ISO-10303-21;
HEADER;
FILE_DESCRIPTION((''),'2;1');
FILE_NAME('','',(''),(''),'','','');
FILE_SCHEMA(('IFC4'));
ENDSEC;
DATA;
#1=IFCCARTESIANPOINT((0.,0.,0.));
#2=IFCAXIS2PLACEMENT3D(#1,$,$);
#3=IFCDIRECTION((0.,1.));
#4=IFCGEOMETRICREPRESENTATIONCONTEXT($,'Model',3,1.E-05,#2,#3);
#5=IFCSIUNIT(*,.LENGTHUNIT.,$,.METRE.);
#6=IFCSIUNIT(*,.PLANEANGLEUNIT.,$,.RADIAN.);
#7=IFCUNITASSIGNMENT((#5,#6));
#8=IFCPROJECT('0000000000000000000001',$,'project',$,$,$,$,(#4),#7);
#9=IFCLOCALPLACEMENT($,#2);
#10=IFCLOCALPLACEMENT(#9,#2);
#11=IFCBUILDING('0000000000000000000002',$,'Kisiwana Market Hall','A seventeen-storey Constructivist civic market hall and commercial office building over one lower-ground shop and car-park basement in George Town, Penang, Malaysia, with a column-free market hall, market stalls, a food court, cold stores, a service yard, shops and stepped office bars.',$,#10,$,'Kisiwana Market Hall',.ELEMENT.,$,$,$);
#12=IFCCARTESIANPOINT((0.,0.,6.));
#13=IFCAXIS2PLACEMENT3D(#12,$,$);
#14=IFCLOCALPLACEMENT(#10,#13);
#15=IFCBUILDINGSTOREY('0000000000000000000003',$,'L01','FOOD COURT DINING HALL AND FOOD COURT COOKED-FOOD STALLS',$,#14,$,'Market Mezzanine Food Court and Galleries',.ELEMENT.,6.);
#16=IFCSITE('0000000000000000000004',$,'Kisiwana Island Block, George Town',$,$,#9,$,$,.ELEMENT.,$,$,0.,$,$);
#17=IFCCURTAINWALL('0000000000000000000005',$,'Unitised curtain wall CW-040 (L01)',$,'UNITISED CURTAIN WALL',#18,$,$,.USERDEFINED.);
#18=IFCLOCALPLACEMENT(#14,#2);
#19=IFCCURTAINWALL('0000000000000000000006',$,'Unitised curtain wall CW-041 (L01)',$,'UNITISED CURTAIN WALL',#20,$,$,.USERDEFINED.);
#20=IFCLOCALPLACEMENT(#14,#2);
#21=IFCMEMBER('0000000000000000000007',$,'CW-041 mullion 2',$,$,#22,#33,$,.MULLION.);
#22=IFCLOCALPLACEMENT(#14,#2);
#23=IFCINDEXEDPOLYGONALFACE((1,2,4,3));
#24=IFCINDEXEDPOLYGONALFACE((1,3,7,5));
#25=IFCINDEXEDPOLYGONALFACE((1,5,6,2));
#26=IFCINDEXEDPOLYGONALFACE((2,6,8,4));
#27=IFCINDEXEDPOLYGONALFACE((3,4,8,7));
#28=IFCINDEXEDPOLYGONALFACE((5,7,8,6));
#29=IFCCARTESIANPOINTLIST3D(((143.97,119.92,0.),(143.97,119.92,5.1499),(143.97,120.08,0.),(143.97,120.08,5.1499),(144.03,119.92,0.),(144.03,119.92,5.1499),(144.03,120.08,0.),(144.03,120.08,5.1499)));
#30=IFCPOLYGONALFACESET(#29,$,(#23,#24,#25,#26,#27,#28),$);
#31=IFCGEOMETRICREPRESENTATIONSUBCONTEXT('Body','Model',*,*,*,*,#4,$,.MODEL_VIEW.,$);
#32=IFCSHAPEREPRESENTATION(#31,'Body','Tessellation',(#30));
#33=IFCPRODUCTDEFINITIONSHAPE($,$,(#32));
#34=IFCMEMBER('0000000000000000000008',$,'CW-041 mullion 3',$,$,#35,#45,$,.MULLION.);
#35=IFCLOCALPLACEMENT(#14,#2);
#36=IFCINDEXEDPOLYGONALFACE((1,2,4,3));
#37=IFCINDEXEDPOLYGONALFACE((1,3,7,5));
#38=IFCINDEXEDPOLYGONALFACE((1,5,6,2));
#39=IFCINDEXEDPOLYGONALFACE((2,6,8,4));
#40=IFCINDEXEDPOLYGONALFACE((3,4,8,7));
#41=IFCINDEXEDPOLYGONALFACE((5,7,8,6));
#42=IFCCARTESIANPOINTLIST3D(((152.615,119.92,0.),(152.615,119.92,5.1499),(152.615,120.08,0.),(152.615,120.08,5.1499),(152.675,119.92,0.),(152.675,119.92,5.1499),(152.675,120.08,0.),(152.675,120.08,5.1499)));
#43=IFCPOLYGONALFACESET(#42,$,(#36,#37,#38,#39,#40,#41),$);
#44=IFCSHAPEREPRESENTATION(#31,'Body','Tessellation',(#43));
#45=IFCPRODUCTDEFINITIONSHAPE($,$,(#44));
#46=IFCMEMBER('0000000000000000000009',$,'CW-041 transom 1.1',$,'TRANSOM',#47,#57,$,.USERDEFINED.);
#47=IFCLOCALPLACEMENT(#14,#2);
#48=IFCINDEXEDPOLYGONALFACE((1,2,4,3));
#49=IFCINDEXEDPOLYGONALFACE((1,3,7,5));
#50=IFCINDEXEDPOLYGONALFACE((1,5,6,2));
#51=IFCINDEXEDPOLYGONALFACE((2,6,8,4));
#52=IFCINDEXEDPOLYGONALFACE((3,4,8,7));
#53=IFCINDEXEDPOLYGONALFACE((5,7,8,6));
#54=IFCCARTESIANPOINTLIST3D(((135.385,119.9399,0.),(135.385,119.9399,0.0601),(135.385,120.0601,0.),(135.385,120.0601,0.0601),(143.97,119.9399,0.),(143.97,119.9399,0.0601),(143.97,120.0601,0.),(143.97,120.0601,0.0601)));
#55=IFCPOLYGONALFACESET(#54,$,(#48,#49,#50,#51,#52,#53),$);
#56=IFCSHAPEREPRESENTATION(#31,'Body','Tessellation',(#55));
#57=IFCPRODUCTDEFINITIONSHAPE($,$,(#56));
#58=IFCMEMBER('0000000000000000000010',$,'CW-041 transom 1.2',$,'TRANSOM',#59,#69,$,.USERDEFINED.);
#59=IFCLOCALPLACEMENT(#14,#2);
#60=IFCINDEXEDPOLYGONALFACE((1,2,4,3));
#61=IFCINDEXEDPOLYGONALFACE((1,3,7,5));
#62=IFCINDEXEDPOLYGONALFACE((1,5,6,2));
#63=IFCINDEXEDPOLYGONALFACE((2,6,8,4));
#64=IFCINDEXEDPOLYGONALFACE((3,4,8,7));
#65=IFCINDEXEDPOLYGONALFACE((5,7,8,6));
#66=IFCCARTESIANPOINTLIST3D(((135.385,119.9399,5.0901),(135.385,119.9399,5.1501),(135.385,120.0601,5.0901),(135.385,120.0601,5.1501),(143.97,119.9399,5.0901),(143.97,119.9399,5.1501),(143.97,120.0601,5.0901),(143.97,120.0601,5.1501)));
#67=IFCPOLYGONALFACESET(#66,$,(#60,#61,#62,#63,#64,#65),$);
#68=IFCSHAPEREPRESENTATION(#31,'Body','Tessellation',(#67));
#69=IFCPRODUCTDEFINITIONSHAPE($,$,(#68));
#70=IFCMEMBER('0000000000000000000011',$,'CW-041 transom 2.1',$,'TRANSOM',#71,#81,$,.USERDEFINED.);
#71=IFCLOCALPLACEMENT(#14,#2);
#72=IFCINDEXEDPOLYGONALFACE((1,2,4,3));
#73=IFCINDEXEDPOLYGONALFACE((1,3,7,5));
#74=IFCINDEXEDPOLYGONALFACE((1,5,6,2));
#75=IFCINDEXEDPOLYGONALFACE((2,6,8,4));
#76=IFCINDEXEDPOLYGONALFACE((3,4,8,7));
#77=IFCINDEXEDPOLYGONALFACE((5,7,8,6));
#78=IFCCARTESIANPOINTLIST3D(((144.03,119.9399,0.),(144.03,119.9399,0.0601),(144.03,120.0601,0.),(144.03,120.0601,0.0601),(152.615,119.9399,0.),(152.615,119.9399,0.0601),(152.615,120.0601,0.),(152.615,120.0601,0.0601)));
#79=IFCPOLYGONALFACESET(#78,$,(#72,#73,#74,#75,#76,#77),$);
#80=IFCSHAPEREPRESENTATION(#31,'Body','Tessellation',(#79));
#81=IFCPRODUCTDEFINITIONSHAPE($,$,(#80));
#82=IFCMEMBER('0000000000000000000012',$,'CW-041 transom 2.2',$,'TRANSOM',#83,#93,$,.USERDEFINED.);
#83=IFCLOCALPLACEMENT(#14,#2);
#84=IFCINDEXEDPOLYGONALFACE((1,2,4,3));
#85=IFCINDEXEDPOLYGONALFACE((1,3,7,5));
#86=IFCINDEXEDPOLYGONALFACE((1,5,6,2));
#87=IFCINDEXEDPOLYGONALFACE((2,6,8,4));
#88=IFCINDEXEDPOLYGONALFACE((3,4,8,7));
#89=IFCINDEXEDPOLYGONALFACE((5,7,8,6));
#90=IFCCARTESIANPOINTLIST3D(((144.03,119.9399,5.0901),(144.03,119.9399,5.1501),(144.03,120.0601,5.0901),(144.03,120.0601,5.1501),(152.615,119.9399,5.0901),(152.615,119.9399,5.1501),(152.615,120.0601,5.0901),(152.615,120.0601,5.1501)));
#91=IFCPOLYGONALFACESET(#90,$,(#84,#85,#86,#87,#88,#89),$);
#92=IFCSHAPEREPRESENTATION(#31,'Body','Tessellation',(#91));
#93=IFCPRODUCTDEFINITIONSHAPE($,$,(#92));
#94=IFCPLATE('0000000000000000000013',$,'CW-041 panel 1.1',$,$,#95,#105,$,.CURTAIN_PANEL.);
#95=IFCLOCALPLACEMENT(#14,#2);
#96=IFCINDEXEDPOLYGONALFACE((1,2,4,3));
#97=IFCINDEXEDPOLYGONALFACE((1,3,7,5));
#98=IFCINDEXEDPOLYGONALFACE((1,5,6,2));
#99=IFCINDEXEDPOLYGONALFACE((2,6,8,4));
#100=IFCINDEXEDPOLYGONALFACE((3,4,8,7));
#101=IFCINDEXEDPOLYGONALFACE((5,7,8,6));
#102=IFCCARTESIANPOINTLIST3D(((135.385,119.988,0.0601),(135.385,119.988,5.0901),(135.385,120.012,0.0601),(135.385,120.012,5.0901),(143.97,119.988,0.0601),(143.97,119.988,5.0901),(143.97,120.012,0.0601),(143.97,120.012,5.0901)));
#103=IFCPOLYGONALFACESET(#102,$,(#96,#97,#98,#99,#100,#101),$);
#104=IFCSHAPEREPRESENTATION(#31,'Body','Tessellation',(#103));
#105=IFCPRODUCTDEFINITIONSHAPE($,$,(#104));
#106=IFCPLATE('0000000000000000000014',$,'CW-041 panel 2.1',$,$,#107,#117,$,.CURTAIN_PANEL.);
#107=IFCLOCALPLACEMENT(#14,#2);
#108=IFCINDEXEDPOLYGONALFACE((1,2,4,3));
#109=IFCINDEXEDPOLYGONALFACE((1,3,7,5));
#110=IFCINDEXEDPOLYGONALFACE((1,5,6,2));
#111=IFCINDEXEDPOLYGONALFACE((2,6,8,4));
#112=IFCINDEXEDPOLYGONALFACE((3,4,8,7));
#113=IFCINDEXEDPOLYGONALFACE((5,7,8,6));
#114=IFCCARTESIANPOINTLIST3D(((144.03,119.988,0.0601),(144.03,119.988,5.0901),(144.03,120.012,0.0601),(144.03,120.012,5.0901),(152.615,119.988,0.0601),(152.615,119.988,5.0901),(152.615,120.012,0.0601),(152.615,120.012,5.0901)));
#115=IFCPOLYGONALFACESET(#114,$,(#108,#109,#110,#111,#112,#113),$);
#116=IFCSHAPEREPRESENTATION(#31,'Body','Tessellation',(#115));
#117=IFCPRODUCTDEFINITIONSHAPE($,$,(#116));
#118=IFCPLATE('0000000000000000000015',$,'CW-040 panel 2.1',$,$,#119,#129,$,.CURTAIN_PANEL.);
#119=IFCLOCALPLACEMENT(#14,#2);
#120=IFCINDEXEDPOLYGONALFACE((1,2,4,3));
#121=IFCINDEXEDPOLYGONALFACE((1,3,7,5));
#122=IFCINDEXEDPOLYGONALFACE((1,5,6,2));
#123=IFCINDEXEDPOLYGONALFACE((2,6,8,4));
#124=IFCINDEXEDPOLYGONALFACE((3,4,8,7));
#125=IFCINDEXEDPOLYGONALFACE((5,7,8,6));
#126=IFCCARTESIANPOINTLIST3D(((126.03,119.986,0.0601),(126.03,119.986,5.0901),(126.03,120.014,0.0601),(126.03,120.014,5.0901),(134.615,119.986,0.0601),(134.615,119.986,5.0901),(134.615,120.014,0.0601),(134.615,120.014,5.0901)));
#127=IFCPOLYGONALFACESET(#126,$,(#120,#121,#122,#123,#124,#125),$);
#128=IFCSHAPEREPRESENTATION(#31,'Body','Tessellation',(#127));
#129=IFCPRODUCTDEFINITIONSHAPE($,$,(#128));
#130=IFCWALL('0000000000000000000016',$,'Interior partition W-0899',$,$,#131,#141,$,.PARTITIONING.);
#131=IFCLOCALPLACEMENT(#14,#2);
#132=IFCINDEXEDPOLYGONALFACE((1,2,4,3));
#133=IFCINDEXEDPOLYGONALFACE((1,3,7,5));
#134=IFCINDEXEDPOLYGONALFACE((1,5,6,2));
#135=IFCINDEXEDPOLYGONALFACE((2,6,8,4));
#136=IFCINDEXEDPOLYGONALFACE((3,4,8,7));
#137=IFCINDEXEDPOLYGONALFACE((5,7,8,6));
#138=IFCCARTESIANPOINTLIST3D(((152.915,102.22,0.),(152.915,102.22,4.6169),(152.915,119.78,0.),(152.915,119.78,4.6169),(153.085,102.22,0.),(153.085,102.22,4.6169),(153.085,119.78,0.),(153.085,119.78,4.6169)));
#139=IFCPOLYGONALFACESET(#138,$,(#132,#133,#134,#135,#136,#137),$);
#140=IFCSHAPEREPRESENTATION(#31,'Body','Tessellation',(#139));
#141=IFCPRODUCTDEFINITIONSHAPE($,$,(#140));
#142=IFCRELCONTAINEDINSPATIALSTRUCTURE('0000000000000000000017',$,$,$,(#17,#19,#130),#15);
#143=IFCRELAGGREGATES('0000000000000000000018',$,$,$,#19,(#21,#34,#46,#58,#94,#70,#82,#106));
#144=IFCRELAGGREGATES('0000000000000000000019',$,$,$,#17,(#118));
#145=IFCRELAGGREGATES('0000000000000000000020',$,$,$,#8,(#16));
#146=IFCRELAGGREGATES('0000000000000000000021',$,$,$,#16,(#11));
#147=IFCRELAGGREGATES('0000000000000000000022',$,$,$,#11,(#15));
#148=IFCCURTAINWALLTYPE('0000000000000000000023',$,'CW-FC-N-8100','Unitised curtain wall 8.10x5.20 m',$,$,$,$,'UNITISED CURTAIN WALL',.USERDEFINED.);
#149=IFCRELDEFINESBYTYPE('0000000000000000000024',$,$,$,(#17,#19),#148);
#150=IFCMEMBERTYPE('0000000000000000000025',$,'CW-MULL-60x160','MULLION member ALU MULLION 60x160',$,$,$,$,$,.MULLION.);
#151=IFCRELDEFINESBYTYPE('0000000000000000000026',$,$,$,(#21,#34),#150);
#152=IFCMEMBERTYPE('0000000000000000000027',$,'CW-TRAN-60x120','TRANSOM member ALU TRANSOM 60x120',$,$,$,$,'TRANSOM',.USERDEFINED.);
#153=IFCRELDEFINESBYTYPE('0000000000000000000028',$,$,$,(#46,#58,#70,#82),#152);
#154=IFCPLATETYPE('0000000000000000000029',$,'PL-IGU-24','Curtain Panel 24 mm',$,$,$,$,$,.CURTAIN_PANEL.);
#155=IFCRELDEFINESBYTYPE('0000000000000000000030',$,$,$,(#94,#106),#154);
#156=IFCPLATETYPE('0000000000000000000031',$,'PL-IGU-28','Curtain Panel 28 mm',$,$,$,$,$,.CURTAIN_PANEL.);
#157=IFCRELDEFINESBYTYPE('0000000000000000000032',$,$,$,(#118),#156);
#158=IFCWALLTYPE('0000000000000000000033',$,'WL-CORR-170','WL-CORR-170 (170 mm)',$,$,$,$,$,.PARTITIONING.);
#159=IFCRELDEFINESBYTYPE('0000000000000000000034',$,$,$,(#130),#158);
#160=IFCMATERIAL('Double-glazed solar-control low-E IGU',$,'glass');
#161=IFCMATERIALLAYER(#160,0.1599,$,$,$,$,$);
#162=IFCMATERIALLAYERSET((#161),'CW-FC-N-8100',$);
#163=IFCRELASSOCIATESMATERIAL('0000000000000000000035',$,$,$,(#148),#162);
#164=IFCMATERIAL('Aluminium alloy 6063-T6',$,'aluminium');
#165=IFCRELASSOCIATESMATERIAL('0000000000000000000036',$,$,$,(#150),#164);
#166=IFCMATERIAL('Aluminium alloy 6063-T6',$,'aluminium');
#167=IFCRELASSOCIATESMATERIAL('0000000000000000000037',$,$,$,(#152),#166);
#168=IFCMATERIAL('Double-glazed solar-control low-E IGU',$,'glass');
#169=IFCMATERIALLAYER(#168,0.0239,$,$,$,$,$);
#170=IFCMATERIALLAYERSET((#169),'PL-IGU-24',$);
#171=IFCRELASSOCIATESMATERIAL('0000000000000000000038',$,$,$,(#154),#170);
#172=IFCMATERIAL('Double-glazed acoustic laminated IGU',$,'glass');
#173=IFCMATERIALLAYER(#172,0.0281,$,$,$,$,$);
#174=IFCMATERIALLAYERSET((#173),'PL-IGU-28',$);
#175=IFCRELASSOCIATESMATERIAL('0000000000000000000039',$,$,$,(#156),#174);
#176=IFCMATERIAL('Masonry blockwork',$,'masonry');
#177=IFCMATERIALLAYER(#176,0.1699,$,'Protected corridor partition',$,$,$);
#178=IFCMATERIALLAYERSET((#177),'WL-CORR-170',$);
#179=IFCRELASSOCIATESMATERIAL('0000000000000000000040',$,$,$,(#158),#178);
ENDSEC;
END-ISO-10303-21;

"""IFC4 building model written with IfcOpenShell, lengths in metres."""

from ifc_helpers import new_model, si_unit, direction, frame, frame_2d, origin, origin_2d, place, context, subcontext, project, spatial, rectangle, extrude, material, layer, layer_set, material_profile, profile_set, type_object, element, aggregate, save


model = new_model("IFC4")

# Units and contexts
model_context = context("Model", 3, precision=1e-05, world=origin(), true_north=direction((0.0, 1.0)))
body_context = subcontext(model_context, "Body", "Model", "MODEL_VIEW")
ifc_project = project(units=[si_unit("LENGTHUNIT", "METRE"), si_unit("PLANEANGLEUNIT", "RADIAN")], contexts=[model_context])

# Site, building, storey
site_placement = place(None, origin())
site = spatial("IfcSite", under=ifc_project, at=site_placement, Name="Kisiwana Island Block, George Town", CompositionType="ELEMENT", RefElevation=0.0)
building_placement = place(site_placement, origin())
building = spatial("IfcBuilding", under=site, at=building_placement, Name="Kisiwana Market Hall", Description="A seventeen-storey Constructivist civic market hall and commercial office building over one lower-ground shop and car-park basement in George Town, Penang, Malaysia, with a column-free market hall, market stalls, a food court, cold stores, a service yard, shops and stepped office bars.", LongName="Kisiwana Market Hall", CompositionType="ELEMENT")
storey_placement = place(building_placement, frame((0.0, 0.0, 6.0)))
storey = spatial("IfcBuildingStorey", under=building, at=storey_placement, Name="L01", Description="FOOD COURT DINING HALL AND FOOD COURT COOKED-FOOD STALLS", LongName="Market Mezzanine Food Court and Galleries", CompositionType="ELEMENT", Elevation=6.0)

# Curtain wall
ifc_material_1 = material(Name="Double-glazed solar-control low-E IGU", Category="glass")
ifc_layer_1 = layer(ifc_material_1, 0.1599)
ifc_layer_set_1 = layer_set([ifc_layer_1], Name="CW-FC-N-8100")
curtain_wall_type = type_object("IfcCurtainWallType", Name="CW-FC-N-8100", Description="Unitised curtain wall 8.10x5.20 m", ElementType="UNITISED CURTAIN WALL", PredefinedType="USERDEFINED", material=ifc_layer_set_1)
curtain_wall_1_placement = place(storey_placement, origin())
curtain_wall_1 = element("IfcCurtainWall", 1, at=curtain_wall_1_placement, inside=storey, type_object=curtain_wall_type, Name="Unitised curtain wall CW-040 (L01)", ObjectType="UNITISED CURTAIN WALL", PredefinedType="USERDEFINED")
ifc_material_2 = material(Name="Aluminium alloy 6063-T6", Category="aluminium")
ifc_material_profile_1 = material_profile(ifc_material_2, rectangle(XDim=0.0601, YDim=0.1599, at=origin_2d()), Name="ALU MULLION 60x160")
ifc_profile_set_1 = profile_set([ifc_material_profile_1], Name="Aluminium alloy 6063-T6")
member_type_1 = type_object("IfcMemberType", Name="CW-MULL-60x160", Description="MULLION member ALU MULLION 60x160", PredefinedType="MULLION", material=ifc_profile_set_1)

# Curtain wall, members, plates
curtain_wall_2_placement = place(storey_placement, origin())
curtain_wall_2 = element("IfcCurtainWall", 2, at=curtain_wall_2_placement, inside=storey, type_object=curtain_wall_type, Name="Unitised curtain wall CW-041 (L01)", ObjectType="UNITISED CURTAIN WALL", PredefinedType="USERDEFINED")
member_1_placement = place(storey_placement, frame((144.0, 120.0, 0.0), z_axis=(0.0, 0.0, 1.0), x_axis=(1.0, 0.0, 0.0)))
member_1 = element("IfcMember", 3, at=member_1_placement, type_object=member_type_1, Name="CW-041 mullion 2", PredefinedType="MULLION", context=body_context, shape_type="SweptSolid", body=[
    extrude(rectangle(XDim=0.0601, YDim=0.1599, at=origin_2d()), origin(), (0.0, 0.0, 1.0), 5.1499),
])
member_2_placement = place(storey_placement, frame((152.645, 120.0, 0.0), z_axis=(0.0, 0.0, 1.0), x_axis=(1.0, 0.0, 0.0)))
member_2 = element("IfcMember", 4, at=member_2_placement, type_object=member_type_1, Name="CW-041 mullion 3", PredefinedType="MULLION", context=body_context, shape_type="SweptSolid", body=[
    extrude(rectangle(XDim=0.0601, YDim=0.1599, at=origin_2d()), origin(), (0.0, 0.0, 1.0), 5.1499),
])
ifc_material_3 = material(Name="Aluminium alloy 6063-T6", Category="aluminium")
ifc_material_profile_2 = material_profile(ifc_material_3, rectangle(XDim=0.1201, YDim=0.0601, at=origin_2d()), Name="ALU TRANSOM 60x120")
ifc_profile_set_2 = profile_set([ifc_material_profile_2], Name="Aluminium alloy 6063-T6")
member_type_2 = type_object("IfcMemberType", Name="CW-TRAN-60x120", Description="TRANSOM member ALU TRANSOM 60x120", ElementType="TRANSOM", PredefinedType="USERDEFINED", material=ifc_profile_set_2)
member_3_placement = place(storey_placement, frame((135.385, 120.0, 0.03), z_axis=(1.0, 0.0, 0.0), x_axis=(0.0, 1.0, 0.0)))
member_3 = element("IfcMember", 5, at=member_3_placement, type_object=member_type_2, Name="CW-041 transom 1.1", ObjectType="TRANSOM", PredefinedType="USERDEFINED", context=body_context, shape_type="SweptSolid", body=[
    extrude(rectangle(XDim=0.1201, YDim=0.0601, at=origin_2d()), origin(), (0.0, 0.0, 1.0), 8.585),
])
member_4_placement = place(storey_placement, frame((135.385, 120.0, 5.1201), z_axis=(1.0, 0.0, 0.0), x_axis=(0.0, 1.0, 0.0)))
member_4 = element("IfcMember", 6, at=member_4_placement, type_object=member_type_2, Name="CW-041 transom 1.2", ObjectType="TRANSOM", PredefinedType="USERDEFINED", context=body_context, shape_type="SweptSolid", body=[
    extrude(rectangle(XDim=0.1201, YDim=0.0601, at=origin_2d()), origin(), (0.0, 0.0, 1.0), 8.585),
])
member_5_placement = place(storey_placement, frame((144.03, 120.0, 0.03), z_axis=(1.0, 0.0, 0.0), x_axis=(0.0, 1.0, 0.0)))
member_5 = element("IfcMember", 7, at=member_5_placement, type_object=member_type_2, Name="CW-041 transom 2.1", ObjectType="TRANSOM", PredefinedType="USERDEFINED", context=body_context, shape_type="SweptSolid", body=[
    extrude(rectangle(XDim=0.1201, YDim=0.0601, at=origin_2d()), origin(), (0.0, 0.0, 1.0), 8.585),
])
member_6_placement = place(storey_placement, frame((144.03, 120.0, 5.1201), z_axis=(1.0, 0.0, 0.0), x_axis=(0.0, 1.0, 0.0)))
member_6 = element("IfcMember", 8, at=member_6_placement, type_object=member_type_2, Name="CW-041 transom 2.2", ObjectType="TRANSOM", PredefinedType="USERDEFINED", context=body_context, shape_type="SweptSolid", body=[
    extrude(rectangle(XDim=0.1201, YDim=0.0601, at=origin_2d()), origin(), (0.0, 0.0, 1.0), 8.585),
])
ifc_material_4 = material(Name="Double-glazed solar-control low-E IGU", Category="glass")
ifc_layer_2 = layer(ifc_material_4, 0.0239)
ifc_layer_set_2 = layer_set([ifc_layer_2], Name="PL-IGU-24")
plate_type_1 = type_object("IfcPlateType", Name="PL-IGU-24", Description="Curtain Panel 24 mm", PredefinedType="CURTAIN_PANEL", material=ifc_layer_set_2)
plate_1_placement = place(storey_placement, frame((139.6775, 120.0, 0.0601), z_axis=(0.0, 0.0, 1.0), x_axis=(1.0, 0.0, 0.0)))
plate_1 = element("IfcPlate", 9, at=plate_1_placement, type_object=plate_type_1, Name="CW-041 panel 1.1", PredefinedType="CURTAIN_PANEL", context=body_context, shape_type="SweptSolid", body=[
    extrude(rectangle(XDim=8.585, YDim=0.0239, at=origin_2d()), origin(), (0.0, 0.0, 1.0), 5.03),
])
plate_2_placement = place(storey_placement, frame((148.3225, 120.0, 0.0601), z_axis=(0.0, 0.0, 1.0), x_axis=(1.0, 0.0, 0.0)))
plate_2 = element("IfcPlate", 10, at=plate_2_placement, type_object=plate_type_1, Name="CW-041 panel 2.1", PredefinedType="CURTAIN_PANEL", context=body_context, shape_type="SweptSolid", body=[
    extrude(rectangle(XDim=8.585, YDim=0.0239, at=origin_2d()), origin(), (0.0, 0.0, 1.0), 5.03),
])
aggregate(curtain_wall_2, [member_1, member_2, member_3, member_4, plate_1, member_5, member_6, plate_2])

# Plate
ifc_material_5 = material(Name="Double-glazed acoustic laminated IGU", Category="glass")
ifc_layer_3 = layer(ifc_material_5, 0.0281)
ifc_layer_set_3 = layer_set([ifc_layer_3], Name="PL-IGU-28")
plate_type_2 = type_object("IfcPlateType", Name="PL-IGU-28", Description="Curtain Panel 28 mm", PredefinedType="CURTAIN_PANEL", material=ifc_layer_set_3)
plate_3_placement = place(storey_placement, frame((130.3225, 120.0, 0.0601), z_axis=(0.0, 0.0, 1.0), x_axis=(1.0, 0.0, 0.0)))
plate_3 = element("IfcPlate", 11, at=plate_3_placement, type_object=plate_type_2, Name="CW-040 panel 2.1", PredefinedType="CURTAIN_PANEL", context=body_context, shape_type="SweptSolid", body=[
    extrude(rectangle(XDim=8.585, YDim=0.0281, at=origin_2d()), origin(), (0.0, 0.0, 1.0), 5.03),
])
aggregate(curtain_wall_1, [plate_3])

# Wall
ifc_material_6 = material(Name="Masonry blockwork", Category="masonry")
ifc_layer_4 = layer(ifc_material_6, 0.1699, Name="Protected corridor partition")
ifc_layer_set_4 = layer_set([ifc_layer_4], Name="WL-CORR-170")
wall_type = type_object("IfcWallType", Name="WL-CORR-170", Description="WL-CORR-170 (170 mm)", PredefinedType="PARTITIONING", material=ifc_layer_set_4)
wall_placement = place(storey_placement, frame((153.0, 102.22, 0.0), z_axis=(0.0, 0.0, 1.0), x_axis=(0.0, 1.0, 0.0)))
element("IfcWall", 12, at=wall_placement, inside=storey, type_object=wall_type, Name="Interior partition W-0899", PredefinedType="PARTITIONING", context=body_context, shape_type="SweptSolid", body=[
    extrude(rectangle(XDim=17.5601, YDim=0.1699, at=frame_2d((8.78, 0.0))), origin(), (0.0, 0.0, 1.0), 4.6169),
])

save(model, "model.ifc")
